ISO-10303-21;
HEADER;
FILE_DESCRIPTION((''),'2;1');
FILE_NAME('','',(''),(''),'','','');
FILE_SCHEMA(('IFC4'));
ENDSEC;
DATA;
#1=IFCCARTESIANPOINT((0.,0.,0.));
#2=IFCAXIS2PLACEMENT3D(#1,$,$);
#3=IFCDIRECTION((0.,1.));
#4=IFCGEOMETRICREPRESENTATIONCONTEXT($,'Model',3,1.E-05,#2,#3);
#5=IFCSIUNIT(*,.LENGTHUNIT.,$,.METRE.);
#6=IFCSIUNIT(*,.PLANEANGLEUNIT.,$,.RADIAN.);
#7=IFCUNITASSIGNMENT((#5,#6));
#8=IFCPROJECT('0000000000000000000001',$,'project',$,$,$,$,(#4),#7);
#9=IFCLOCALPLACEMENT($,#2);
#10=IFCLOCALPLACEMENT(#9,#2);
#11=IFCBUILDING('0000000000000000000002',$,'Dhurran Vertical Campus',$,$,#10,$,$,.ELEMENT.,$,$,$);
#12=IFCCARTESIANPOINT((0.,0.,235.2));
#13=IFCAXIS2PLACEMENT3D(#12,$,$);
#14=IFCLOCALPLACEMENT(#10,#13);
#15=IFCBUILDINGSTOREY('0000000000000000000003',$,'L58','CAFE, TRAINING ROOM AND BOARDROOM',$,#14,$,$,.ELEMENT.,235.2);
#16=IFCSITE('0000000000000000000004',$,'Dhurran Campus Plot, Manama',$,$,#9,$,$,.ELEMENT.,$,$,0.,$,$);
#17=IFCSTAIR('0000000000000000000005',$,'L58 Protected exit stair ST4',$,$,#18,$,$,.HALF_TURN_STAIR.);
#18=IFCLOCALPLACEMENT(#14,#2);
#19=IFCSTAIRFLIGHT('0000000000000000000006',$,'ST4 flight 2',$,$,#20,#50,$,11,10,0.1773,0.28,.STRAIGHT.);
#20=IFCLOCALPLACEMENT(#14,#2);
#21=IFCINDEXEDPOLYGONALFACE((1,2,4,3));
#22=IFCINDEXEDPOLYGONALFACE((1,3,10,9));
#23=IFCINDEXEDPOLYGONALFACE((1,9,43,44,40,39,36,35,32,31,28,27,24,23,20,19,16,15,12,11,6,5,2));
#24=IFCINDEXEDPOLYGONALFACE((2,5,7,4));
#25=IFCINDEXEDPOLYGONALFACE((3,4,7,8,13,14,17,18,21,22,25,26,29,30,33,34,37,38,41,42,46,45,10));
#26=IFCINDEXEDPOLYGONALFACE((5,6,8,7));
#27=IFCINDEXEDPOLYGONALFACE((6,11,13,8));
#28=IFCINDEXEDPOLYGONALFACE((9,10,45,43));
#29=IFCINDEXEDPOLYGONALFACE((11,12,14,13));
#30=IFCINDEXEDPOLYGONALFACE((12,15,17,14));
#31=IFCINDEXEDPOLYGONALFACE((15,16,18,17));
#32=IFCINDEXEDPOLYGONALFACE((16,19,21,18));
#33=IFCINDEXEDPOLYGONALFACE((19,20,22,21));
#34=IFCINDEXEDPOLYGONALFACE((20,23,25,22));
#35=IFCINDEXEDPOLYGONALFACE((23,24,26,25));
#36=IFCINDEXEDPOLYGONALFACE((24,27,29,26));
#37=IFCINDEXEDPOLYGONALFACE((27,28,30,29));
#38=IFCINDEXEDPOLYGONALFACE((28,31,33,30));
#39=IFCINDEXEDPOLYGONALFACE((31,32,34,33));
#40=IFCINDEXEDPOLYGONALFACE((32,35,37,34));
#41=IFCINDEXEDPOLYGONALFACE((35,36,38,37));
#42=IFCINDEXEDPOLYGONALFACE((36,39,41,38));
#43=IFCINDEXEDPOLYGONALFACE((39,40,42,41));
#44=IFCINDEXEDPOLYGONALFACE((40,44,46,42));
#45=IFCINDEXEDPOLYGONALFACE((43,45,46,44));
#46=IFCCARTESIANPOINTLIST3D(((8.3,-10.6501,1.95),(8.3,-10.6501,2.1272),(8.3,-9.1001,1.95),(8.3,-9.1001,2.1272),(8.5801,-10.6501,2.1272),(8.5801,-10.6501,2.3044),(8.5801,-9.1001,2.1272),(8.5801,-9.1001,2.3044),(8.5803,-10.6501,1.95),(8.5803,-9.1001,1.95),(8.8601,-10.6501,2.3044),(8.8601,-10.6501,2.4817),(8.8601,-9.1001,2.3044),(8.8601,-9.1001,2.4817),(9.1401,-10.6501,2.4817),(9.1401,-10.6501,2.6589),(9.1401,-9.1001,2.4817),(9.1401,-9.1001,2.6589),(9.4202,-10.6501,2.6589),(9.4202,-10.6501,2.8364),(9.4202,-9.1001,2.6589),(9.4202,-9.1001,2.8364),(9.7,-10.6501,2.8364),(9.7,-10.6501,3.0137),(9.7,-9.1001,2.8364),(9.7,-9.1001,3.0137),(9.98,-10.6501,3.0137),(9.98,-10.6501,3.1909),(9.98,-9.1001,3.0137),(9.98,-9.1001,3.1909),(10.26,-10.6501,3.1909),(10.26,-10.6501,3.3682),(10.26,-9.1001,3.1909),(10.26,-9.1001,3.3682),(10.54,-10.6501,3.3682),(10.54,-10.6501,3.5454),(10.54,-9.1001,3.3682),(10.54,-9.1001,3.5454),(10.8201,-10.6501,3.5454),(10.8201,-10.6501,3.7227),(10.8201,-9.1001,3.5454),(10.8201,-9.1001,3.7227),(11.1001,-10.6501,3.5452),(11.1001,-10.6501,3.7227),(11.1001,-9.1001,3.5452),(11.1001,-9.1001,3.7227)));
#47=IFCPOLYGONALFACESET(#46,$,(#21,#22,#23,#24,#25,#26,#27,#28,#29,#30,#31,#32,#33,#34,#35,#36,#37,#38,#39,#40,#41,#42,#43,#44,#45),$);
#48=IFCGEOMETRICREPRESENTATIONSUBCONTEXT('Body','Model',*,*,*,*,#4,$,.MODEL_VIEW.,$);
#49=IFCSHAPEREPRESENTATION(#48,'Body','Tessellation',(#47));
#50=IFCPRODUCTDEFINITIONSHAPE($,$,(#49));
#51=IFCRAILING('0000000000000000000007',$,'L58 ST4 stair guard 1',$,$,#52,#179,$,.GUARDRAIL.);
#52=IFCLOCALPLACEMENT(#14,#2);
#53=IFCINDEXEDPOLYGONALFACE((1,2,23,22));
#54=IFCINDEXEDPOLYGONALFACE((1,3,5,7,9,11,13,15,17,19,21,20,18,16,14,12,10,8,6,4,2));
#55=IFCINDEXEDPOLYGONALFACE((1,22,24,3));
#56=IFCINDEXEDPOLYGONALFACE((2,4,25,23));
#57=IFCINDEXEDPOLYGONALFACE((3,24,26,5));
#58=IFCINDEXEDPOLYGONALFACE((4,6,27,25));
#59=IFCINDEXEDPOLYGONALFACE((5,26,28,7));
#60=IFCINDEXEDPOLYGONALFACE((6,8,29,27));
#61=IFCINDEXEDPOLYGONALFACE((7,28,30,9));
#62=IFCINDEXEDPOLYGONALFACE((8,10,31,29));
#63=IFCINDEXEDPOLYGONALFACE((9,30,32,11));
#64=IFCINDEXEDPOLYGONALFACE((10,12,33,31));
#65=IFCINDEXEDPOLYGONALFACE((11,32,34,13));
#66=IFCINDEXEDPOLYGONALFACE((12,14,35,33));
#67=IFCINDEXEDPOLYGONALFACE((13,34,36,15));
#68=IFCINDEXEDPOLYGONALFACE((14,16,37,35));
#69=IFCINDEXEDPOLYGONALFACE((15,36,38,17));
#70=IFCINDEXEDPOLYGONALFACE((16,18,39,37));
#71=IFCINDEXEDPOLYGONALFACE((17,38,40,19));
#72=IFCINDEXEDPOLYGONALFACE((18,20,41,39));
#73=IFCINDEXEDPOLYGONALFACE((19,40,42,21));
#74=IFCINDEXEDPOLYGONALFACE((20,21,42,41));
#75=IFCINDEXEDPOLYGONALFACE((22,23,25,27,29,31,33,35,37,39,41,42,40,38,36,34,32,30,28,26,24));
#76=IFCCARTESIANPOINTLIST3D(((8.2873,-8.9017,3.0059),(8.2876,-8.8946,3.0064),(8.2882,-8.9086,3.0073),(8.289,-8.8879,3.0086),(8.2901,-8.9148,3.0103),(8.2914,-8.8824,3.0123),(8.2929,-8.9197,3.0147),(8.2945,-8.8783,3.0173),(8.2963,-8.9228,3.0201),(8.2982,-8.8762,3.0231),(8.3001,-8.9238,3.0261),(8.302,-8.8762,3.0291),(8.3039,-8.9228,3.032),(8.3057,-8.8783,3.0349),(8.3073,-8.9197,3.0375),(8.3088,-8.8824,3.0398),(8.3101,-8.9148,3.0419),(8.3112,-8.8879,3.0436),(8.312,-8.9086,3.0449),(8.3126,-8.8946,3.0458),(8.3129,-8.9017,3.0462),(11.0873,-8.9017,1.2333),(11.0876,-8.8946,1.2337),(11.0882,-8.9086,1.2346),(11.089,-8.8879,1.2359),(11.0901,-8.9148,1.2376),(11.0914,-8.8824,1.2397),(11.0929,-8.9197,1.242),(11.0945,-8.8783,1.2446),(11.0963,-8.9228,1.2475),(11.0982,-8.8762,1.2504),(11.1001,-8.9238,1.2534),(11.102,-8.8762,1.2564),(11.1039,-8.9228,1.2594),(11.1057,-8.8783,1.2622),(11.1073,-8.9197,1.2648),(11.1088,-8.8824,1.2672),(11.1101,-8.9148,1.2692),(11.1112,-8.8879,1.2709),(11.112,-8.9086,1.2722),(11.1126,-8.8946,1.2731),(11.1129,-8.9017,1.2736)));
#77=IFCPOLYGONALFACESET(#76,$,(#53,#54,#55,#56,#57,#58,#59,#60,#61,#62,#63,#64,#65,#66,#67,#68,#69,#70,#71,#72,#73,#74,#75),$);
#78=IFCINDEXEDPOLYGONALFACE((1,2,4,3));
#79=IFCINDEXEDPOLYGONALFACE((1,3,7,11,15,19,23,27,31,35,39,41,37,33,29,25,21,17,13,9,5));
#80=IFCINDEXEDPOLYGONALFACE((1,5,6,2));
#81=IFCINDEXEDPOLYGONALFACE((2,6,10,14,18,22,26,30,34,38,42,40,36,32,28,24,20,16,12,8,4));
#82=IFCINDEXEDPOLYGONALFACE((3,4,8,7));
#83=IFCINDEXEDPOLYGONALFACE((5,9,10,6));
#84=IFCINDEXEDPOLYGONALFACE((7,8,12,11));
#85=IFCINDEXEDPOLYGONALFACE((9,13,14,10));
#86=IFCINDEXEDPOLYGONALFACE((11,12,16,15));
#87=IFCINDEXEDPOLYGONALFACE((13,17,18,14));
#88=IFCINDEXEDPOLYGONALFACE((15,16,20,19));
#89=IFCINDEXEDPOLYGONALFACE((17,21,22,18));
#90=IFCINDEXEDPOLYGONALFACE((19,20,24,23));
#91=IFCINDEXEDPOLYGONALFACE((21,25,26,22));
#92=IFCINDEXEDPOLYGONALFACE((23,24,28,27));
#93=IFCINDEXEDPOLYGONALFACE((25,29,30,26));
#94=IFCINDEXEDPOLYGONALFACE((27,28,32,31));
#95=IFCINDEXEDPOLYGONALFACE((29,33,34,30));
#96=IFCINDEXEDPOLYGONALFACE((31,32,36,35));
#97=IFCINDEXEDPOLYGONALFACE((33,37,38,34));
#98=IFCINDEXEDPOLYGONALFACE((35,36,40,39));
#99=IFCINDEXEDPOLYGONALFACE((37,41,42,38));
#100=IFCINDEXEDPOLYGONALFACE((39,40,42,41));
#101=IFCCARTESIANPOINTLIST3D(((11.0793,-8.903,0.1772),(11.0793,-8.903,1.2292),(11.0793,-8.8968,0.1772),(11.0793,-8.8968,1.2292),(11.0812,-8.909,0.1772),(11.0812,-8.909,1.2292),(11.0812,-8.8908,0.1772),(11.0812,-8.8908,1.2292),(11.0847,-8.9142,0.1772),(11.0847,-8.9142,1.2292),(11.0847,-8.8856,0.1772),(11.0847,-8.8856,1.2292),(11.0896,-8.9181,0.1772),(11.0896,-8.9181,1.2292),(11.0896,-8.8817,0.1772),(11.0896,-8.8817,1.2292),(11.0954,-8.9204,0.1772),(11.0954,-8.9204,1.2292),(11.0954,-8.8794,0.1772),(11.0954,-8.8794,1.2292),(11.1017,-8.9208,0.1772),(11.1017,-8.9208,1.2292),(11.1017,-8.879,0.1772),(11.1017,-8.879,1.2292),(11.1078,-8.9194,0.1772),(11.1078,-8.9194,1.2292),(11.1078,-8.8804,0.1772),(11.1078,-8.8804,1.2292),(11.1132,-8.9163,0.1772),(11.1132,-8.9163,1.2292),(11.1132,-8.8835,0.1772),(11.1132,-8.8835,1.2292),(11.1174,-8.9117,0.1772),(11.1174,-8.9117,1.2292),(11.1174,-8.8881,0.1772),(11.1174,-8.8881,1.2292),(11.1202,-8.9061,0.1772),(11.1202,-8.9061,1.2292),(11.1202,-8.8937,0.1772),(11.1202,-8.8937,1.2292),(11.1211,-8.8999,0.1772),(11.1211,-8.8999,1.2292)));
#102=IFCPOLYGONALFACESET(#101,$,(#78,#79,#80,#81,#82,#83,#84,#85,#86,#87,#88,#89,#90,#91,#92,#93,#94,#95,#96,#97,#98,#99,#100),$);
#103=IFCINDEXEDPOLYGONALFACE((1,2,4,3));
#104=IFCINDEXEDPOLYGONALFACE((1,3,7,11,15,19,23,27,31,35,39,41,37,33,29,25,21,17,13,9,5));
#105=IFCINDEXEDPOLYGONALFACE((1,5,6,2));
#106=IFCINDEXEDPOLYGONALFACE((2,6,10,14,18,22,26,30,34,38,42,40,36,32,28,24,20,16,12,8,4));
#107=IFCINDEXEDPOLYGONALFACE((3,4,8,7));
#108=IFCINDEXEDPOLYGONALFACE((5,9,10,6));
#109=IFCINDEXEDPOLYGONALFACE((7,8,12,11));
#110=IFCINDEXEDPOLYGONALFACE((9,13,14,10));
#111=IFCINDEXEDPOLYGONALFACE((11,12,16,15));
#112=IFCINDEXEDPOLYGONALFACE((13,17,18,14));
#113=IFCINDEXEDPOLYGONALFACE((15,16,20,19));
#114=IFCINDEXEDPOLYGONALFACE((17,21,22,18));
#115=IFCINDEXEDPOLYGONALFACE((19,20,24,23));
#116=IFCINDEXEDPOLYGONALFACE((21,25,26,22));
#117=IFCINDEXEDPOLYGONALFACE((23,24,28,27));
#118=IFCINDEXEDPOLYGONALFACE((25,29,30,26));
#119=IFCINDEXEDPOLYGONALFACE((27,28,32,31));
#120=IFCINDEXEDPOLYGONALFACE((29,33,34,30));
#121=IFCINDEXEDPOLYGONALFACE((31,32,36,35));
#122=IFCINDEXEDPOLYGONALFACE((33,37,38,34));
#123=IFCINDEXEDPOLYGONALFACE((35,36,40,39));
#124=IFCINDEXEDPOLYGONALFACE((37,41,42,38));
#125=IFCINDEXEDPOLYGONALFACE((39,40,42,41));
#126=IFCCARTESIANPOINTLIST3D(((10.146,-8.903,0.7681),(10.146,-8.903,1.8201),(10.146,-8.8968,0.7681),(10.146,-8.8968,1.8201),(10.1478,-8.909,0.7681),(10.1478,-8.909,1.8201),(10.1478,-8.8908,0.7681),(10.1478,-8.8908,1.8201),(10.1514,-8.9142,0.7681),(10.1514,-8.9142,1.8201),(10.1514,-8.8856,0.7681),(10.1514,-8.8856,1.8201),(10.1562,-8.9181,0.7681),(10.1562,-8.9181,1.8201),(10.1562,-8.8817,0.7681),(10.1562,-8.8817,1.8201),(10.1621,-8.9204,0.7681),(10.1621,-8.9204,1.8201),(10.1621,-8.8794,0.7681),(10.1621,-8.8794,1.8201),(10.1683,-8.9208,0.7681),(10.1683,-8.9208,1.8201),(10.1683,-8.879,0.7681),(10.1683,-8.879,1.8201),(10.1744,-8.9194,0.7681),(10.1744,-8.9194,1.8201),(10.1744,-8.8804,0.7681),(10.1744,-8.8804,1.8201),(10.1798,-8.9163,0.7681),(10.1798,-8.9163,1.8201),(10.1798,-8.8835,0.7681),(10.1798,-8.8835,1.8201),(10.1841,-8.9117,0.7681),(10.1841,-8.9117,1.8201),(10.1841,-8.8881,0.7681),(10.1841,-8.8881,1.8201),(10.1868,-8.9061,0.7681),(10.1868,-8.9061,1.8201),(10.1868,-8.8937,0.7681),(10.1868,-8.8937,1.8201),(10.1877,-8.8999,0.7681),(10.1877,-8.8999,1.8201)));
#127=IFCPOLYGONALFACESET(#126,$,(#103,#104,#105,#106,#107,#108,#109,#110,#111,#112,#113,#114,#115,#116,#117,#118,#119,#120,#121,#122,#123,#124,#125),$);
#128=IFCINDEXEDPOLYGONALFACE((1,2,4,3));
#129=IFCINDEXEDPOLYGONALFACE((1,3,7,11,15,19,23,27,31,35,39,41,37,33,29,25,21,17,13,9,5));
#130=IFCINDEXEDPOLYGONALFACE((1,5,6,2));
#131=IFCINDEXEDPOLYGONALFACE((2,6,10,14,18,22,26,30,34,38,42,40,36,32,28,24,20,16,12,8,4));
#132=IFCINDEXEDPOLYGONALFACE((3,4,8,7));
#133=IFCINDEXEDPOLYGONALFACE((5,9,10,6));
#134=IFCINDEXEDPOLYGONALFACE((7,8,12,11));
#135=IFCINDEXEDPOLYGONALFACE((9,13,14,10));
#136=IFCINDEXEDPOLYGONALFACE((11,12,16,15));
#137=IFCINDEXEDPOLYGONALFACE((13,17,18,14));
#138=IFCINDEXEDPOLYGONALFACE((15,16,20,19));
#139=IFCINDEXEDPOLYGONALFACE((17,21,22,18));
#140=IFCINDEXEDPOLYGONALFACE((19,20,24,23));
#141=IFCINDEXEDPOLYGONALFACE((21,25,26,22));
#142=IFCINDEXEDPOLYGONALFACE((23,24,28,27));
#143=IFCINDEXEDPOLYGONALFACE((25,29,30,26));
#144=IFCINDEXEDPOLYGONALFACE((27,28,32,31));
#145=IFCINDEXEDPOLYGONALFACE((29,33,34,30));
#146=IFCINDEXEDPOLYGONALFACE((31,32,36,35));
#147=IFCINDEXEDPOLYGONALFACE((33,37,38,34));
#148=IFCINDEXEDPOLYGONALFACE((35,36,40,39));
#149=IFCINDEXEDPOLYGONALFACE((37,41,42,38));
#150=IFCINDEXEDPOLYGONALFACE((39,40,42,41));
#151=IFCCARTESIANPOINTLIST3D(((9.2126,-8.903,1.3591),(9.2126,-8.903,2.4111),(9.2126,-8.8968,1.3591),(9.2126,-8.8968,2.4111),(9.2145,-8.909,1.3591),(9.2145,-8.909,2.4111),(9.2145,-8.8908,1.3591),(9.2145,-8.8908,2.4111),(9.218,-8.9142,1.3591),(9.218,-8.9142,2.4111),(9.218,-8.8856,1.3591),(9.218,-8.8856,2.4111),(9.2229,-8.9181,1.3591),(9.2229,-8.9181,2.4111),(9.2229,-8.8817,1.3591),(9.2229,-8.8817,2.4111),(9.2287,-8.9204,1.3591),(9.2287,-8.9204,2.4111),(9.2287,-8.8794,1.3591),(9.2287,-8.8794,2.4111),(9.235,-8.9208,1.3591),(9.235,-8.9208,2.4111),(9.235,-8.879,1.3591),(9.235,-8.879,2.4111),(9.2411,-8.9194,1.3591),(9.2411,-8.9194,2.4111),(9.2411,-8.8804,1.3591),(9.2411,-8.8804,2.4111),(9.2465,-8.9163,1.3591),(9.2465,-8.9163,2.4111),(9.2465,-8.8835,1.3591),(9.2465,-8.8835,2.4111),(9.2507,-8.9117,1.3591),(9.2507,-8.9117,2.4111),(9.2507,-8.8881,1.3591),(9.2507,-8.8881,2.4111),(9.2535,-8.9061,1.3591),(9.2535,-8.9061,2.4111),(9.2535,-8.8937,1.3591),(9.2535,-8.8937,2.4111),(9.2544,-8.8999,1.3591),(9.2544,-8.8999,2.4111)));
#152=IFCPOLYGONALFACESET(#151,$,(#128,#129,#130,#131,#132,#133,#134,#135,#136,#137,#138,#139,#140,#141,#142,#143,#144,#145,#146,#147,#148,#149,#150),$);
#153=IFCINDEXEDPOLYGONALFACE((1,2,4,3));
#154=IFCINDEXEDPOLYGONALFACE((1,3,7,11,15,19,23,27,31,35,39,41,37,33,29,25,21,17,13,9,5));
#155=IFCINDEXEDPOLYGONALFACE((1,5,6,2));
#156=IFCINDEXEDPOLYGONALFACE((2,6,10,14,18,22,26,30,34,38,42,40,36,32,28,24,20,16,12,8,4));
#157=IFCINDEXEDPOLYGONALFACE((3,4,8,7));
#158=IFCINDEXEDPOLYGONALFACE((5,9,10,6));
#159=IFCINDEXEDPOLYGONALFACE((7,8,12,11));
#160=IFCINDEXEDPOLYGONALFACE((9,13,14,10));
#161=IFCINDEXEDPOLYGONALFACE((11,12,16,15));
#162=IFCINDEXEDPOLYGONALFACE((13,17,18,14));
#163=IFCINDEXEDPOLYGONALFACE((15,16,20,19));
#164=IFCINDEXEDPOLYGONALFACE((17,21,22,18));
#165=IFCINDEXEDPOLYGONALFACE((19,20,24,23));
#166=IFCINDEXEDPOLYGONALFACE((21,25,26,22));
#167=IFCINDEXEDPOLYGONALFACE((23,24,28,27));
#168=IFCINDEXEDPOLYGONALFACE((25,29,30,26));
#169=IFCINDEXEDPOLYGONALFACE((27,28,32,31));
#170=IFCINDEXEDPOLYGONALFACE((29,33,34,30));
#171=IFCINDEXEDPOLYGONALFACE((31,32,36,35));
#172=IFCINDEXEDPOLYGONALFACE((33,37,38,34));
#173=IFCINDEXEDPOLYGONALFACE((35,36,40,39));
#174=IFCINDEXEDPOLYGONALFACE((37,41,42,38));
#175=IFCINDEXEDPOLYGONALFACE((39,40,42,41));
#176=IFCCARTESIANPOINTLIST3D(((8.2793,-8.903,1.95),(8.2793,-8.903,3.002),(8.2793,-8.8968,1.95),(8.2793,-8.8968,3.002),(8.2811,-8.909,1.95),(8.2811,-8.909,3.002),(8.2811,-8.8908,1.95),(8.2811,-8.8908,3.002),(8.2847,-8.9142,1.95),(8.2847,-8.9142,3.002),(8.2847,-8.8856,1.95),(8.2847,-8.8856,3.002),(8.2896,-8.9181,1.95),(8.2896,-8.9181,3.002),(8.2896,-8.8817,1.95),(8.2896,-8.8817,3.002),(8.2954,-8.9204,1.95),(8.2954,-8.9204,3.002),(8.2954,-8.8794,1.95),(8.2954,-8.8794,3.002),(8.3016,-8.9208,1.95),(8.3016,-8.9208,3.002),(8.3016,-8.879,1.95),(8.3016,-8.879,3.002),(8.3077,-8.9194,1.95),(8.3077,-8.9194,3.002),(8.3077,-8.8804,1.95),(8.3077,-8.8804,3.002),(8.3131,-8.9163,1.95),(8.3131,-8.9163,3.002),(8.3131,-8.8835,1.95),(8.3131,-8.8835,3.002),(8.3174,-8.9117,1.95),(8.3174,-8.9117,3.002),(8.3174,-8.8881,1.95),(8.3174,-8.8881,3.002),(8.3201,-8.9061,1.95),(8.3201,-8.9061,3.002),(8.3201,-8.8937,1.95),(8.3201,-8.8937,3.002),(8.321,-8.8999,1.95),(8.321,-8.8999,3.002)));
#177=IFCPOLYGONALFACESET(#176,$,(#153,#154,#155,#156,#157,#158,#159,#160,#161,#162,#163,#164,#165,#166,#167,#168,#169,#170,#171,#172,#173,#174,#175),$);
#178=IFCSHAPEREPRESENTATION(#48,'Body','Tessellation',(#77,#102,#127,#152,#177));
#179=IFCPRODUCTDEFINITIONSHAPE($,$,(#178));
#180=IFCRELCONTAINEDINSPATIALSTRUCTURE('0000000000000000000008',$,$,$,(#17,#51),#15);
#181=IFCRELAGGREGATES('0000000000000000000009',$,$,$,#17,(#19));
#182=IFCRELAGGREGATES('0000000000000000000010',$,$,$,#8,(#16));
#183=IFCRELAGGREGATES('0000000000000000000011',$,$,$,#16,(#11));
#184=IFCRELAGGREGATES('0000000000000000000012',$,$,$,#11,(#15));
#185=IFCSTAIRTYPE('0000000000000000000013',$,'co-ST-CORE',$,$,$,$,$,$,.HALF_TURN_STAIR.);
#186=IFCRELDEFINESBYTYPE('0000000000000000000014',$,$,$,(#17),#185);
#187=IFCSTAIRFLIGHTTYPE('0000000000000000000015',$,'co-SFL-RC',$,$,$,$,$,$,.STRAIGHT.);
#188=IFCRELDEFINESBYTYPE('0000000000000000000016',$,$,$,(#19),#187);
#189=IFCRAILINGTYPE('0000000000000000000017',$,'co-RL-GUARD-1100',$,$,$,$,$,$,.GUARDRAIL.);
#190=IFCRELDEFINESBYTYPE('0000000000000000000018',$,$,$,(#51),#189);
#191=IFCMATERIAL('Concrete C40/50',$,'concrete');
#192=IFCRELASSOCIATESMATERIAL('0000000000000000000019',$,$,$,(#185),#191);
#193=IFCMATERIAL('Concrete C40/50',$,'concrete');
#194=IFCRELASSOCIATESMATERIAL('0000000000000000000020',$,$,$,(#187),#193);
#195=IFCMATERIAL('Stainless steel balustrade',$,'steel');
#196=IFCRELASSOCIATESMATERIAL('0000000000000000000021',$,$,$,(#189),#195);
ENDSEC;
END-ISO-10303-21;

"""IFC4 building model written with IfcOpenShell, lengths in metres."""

from ifc_helpers import new_model, si_unit, direction, frame, origin, origin_2d, place, context, subcontext, project, spatial, polyline, circle, outline, extrude, material, type_object, element, aggregate, save


model = new_model("IFC4")

# Units and contexts
model_context = context("Model", 3, precision=1e-05, world=origin(), true_north=direction((0.0, 1.0)))
body_context = subcontext(model_context, "Body", "Model", "MODEL_VIEW")
ifc_project = project(units=[si_unit("LENGTHUNIT", "METRE"), si_unit("PLANEANGLEUNIT", "RADIAN")], contexts=[model_context])

# Site, building, storey
site_placement = place(None, origin())
site = spatial("IfcSite", under=ifc_project, at=site_placement, Name="Dhurran Campus Plot, Manama", CompositionType="ELEMENT", RefElevation=0.0)
building_placement = place(site_placement, origin())
building = spatial("IfcBuilding", under=site, at=building_placement, Name="Dhurran Vertical Campus", CompositionType="ELEMENT")
storey_placement = place(building_placement, frame((0.0, 0.0, 235.2)))
storey = spatial("IfcBuildingStorey", under=building, at=storey_placement, Name="L58", Description="CAFE, TRAINING ROOM AND BOARDROOM", CompositionType="ELEMENT", Elevation=235.2)

# Stair, stair flight
ifc_material_1 = material(Name="Concrete C40/50", Category="concrete")
stair_type = type_object("IfcStairType", Name="co-ST-CORE", PredefinedType="HALF_TURN_STAIR", material=ifc_material_1)
stair_placement = place(storey_placement, origin())
stair = element("IfcStair", 1, at=stair_placement, inside=storey, type_object=stair_type, Name="L58 Protected exit stair ST4", PredefinedType="HALF_TURN_STAIR")
ifc_material_2 = material(Name="Concrete C40/50", Category="concrete")
stair_flight_type = type_object("IfcStairFlightType", Name="co-SFL-RC", PredefinedType="STRAIGHT", material=ifc_material_2)
stair_flight_1_placement = place(storey_placement, frame((8.3, -9.875, 1.95), z_axis=(0.0, 0.0, 1.0), x_axis=(1.0, 0.0, 0.0)))
stair_flight_1 = element("IfcStairFlight", 2, at=stair_flight_1_placement, type_object=stair_flight_type, Name="ST4 flight 2", NumberOfRisers=11, NumberOfTreads=10, PredefinedType="STRAIGHT", RiserHeight=0.1773, TreadLength=0.28, context=body_context, shape_type="SweptSolid", body=[
    extrude(outline(polyline([(0.0, 0.0), (0.0, 0.1772), (0.28, 0.1772), (0.28, 0.3545), (0.5601, 0.3545), (0.5601, 0.5317), (0.8401, 0.5317), (0.8401, 0.709), (1.1201, 0.709), (1.1201, 0.8865), (1.3999, 0.8865), (1.3999, 1.0637), (1.6799, 1.0637), (1.6799, 1.241), (1.96, 1.241), (1.96, 1.4182), (2.24, 1.4182), (2.24, 1.5955), (2.52, 1.5955), (2.52, 1.7727), (2.8, 1.7727), (2.8, 1.95), (2.8, 1.5952), (0.2803, 0.0), (0.0, 0.0)])), frame((0.0, 0.7749, 0.0), z_axis=(0.0, -1.0, 0.0), x_axis=(1.0, 0.0, 0.0)), (0.0, 0.0, 1.0), 1.55),
])
aggregate(stair, [stair_flight_1])

# Railing
ifc_material_3 = material(Name="Stainless steel balustrade", Category="steel")
railing_type_1 = type_object("IfcRailingType", Name="co-RL-GUARD-1100", PredefinedType="GUARDRAIL", material=ifc_material_3)
railing_1_placement = place(storey_placement, frame((11.1001, -8.8999, 0.1772)))
element("IfcRailing", 3, at=railing_1_placement, inside=storey, type_object=railing_type_1, Name="L58 ST4 stair guard 1", PredefinedType="GUARDRAIL", context=body_context, shape_type="SweptSolid", body=[
    extrude(circle(Radius=0.0239, at=origin_2d()), frame((0.0, 0.0, 1.0762), z_axis=(-0.844909, 0.0, 0.53491), x_axis=(0.0, -1.0, 0.0)), (0.0, 0.0, 1.0), 3.314),
    extrude(circle(Radius=0.021, at=origin_2d()), origin(), (0.0, 0.0, 1.0), 1.052),
    extrude(circle(Radius=0.021, at=origin_2d()), frame((-0.9333, 0.0, 0.5908)), (0.0, 0.0, 1.0), 1.052),
    extrude(circle(Radius=0.021, at=origin_2d()), frame((-1.8667, 0.0, 1.1819)), (0.0, 0.0, 1.0), 1.052),
    extrude(circle(Radius=0.021, at=origin_2d()), frame((-2.8, 0.0, 1.7727)), (0.0, 0.0, 1.0), 1.052),
])

save(model, "model.ifc")
